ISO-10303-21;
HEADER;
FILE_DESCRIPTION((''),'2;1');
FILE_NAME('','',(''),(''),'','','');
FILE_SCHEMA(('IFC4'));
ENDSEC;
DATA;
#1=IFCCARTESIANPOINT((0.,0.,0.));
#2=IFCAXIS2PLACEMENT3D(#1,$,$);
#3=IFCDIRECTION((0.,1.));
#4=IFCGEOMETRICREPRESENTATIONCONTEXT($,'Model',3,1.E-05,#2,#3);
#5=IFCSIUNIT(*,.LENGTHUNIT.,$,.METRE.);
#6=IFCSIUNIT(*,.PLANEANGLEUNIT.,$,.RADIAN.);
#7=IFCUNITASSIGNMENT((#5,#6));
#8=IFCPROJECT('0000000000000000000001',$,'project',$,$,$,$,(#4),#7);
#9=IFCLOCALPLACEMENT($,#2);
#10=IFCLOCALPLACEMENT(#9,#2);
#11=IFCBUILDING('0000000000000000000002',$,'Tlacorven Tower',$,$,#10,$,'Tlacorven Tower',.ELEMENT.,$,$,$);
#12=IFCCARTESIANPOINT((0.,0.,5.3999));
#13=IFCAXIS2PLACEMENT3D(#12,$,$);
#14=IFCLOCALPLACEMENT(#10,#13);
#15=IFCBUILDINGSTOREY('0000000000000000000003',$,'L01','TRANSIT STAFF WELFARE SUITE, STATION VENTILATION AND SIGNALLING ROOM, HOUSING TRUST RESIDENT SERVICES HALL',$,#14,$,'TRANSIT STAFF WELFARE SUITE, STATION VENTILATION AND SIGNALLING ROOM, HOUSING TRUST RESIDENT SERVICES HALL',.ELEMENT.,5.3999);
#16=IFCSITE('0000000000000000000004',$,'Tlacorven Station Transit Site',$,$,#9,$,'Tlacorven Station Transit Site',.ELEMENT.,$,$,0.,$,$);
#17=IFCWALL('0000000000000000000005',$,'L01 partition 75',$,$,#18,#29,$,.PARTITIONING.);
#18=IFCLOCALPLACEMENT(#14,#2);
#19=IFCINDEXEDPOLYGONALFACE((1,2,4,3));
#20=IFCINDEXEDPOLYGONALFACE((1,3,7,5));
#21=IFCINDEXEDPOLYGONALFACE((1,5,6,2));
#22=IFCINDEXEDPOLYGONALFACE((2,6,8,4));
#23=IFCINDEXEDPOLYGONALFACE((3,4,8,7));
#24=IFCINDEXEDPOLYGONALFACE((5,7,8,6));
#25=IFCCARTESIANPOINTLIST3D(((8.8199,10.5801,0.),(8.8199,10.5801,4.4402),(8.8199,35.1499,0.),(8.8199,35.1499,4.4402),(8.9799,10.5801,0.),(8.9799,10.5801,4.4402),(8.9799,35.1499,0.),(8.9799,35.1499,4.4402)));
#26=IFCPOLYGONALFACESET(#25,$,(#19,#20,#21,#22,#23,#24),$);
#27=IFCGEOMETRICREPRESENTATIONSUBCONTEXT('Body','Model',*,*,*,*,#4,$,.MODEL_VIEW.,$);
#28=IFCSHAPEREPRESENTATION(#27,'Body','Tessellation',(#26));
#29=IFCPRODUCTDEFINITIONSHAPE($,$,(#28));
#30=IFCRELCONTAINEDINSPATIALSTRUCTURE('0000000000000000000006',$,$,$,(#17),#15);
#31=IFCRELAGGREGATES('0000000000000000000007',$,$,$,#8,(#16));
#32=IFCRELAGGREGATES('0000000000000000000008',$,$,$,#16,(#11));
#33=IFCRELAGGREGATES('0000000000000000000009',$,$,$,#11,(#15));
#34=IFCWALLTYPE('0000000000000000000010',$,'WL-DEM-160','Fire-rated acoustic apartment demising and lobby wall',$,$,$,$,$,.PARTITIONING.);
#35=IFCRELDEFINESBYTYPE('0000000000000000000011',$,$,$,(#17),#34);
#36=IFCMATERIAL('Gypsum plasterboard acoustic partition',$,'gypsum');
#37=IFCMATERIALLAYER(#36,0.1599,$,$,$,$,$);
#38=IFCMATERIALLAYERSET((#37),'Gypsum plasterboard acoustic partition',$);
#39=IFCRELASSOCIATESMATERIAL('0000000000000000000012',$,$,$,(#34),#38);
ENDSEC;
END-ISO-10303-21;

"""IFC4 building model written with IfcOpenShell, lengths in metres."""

from ifc_helpers import new_model, si_unit, direction, frame, frame_2d, origin, place, context, subcontext, project, spatial, rectangle, extrude, material, layer, layer_set, type_object, element, save


model = new_model("IFC4")

# Units and contexts
model_context = context("Model", 3, precision=1e-05, world=origin(), true_north=direction((0.0, 1.0)))
body_context = subcontext(model_context, "Body", "Model", "MODEL_VIEW")
ifc_project = project(units=[si_unit("LENGTHUNIT", "METRE"), si_unit("PLANEANGLEUNIT", "RADIAN")], contexts=[model_context])

# Site, building, storey
site_placement = place(None, origin())
site = spatial("IfcSite", under=ifc_project, at=site_placement, Name="Tlacorven Station Transit Site", LongName="Tlacorven Station Transit Site", CompositionType="ELEMENT", RefElevation=0.0)
building_placement = place(site_placement, origin())
building = spatial("IfcBuilding", under=site, at=building_placement, Name="Tlacorven Tower", LongName="Tlacorven Tower", CompositionType="ELEMENT")
storey_placement = place(building_placement, frame((0.0, 0.0, 5.3999)))
storey = spatial("IfcBuildingStorey", under=building, at=storey_placement, Name="L01", Description="TRANSIT STAFF WELFARE SUITE, STATION VENTILATION AND SIGNALLING ROOM, HOUSING TRUST RESIDENT SERVICES HALL", LongName="TRANSIT STAFF WELFARE SUITE, STATION VENTILATION AND SIGNALLING ROOM, HOUSING TRUST RESIDENT SERVICES HALL", CompositionType="ELEMENT", Elevation=5.3999)

# Shared definitions
ifc_material_1 = material(Name="Gypsum plasterboard acoustic partition", Category="gypsum")
ifc_layer_1 = layer(ifc_material_1, 0.1599)
ifc_layer_set_1 = layer_set([ifc_layer_1], Name="Gypsum plasterboard acoustic partition")
wall_type_1 = type_object("IfcWallType", Name="WL-DEM-160", Description="Fire-rated acoustic apartment demising and lobby wall", PredefinedType="PARTITIONING", material=ifc_layer_set_1)

# Wall
wall_1_placement = place(storey_placement, frame((8.8999, 10.5801, 0.0), z_axis=(0.0, 0.0, 1.0), x_axis=(0.0, 1.0, 0.0)))
element("IfcWall", 1, at=wall_1_placement, inside=storey, type_object=wall_type_1, Name="L01 partition 75", PredefinedType="PARTITIONING", context=body_context, shape_type="SweptSolid", body=[
    extrude(rectangle(XDim=24.5698, YDim=0.1599, at=frame_2d((12.2849, 0.0))), origin(), (0.0, 0.0, 1.0), 4.4402),
])

save(model, "model.ifc")
